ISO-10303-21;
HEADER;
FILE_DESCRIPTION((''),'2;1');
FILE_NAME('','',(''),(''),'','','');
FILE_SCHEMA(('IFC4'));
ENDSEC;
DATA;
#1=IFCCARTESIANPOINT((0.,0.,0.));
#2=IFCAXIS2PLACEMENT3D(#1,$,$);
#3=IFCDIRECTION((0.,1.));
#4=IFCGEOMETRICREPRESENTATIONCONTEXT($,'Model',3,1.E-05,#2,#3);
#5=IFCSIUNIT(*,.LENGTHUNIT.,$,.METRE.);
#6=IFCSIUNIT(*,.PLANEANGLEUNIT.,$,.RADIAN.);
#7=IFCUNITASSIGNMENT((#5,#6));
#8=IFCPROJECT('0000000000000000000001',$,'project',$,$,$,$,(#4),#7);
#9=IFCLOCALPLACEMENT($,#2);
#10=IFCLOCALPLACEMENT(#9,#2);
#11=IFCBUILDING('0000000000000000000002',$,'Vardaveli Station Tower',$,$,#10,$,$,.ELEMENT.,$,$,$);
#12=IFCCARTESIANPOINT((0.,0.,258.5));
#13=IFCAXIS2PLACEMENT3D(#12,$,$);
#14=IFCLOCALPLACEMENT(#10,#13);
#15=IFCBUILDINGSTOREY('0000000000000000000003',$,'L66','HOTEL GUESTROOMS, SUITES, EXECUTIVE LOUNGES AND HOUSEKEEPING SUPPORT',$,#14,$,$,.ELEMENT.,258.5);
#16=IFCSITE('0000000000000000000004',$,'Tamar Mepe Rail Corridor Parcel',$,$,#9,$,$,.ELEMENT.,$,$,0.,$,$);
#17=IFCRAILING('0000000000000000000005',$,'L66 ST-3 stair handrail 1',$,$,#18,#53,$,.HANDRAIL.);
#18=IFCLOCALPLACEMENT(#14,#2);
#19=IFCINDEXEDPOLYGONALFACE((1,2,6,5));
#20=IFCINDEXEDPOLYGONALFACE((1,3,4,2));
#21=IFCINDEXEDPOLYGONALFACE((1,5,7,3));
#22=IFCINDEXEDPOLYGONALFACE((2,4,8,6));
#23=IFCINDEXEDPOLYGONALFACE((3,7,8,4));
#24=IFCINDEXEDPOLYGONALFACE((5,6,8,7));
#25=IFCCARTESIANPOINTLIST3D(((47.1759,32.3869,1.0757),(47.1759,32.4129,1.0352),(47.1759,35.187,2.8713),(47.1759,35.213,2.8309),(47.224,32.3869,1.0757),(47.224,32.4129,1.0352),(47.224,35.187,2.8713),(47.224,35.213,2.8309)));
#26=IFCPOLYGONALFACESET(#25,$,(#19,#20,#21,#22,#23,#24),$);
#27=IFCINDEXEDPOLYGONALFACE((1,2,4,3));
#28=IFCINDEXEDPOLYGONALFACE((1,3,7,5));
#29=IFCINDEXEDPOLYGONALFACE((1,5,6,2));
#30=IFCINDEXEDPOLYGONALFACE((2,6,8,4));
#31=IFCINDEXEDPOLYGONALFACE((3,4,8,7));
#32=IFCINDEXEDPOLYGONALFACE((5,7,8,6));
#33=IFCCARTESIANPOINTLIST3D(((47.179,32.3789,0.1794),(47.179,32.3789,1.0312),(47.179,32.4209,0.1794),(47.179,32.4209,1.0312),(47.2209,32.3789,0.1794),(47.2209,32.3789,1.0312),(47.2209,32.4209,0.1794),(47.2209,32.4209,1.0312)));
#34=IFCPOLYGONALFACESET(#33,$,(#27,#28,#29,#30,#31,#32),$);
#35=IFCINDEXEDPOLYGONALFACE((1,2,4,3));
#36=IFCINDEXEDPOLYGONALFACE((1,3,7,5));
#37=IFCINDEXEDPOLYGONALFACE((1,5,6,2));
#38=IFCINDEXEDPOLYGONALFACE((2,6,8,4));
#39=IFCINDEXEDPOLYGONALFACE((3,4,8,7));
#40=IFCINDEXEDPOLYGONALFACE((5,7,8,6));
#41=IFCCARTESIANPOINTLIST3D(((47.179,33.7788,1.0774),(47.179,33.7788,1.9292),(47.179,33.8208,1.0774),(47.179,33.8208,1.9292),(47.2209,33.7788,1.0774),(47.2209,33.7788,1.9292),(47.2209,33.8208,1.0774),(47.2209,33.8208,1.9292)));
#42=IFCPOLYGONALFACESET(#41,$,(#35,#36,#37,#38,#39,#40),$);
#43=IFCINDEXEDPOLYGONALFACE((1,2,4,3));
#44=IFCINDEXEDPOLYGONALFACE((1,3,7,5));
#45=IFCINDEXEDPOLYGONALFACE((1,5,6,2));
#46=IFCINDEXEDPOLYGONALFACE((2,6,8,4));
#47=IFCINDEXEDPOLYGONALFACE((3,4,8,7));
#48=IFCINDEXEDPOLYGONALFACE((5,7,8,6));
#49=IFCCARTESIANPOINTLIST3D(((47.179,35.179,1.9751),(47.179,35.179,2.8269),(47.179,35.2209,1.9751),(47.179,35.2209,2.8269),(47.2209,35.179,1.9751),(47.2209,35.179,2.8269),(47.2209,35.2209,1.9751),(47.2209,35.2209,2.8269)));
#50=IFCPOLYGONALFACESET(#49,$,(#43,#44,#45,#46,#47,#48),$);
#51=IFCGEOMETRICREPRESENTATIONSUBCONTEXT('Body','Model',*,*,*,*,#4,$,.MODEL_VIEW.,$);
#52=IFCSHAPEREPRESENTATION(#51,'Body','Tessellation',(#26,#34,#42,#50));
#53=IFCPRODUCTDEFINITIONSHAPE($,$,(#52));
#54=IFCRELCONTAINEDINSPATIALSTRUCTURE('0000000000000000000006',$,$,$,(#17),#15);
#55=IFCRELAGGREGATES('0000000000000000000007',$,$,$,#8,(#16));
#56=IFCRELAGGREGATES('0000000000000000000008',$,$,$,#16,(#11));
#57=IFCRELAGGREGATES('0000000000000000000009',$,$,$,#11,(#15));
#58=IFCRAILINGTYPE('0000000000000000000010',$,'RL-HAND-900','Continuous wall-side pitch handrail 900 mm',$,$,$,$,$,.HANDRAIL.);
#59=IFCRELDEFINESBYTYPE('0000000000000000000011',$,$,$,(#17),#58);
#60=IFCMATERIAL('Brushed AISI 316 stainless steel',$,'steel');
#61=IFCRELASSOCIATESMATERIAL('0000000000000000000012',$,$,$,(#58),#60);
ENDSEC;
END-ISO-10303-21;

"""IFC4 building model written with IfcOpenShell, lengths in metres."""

from ifc_helpers import new_model, si_unit, direction, frame, origin, origin_2d, place, context, subcontext, project, spatial, rectangle, extrude, source, transform, mapped, material, type_object, element, save


model = new_model("IFC4")

# Units and contexts
model_context = context("Model", 3, precision=1e-05, world=origin(), true_north=direction((0.0, 1.0)))
body_context = subcontext(model_context, "Body", "Model", "MODEL_VIEW")
ifc_project = project(units=[si_unit("LENGTHUNIT", "METRE"), si_unit("PLANEANGLEUNIT", "RADIAN")], contexts=[model_context])

# Site, building, storey
site_placement = place(None, origin())
site = spatial("IfcSite", under=ifc_project, at=site_placement, Name="Tamar Mepe Rail Corridor Parcel", CompositionType="ELEMENT", RefElevation=0.0)
building_placement = place(site_placement, origin())
building = spatial("IfcBuilding", under=site, at=building_placement, Name="Vardaveli Station Tower", CompositionType="ELEMENT")
storey_placement = place(building_placement, frame((0.0, 0.0, 258.5)))
storey = spatial("IfcBuildingStorey", under=building, at=storey_placement, Name="L66", Description="HOTEL GUESTROOMS, SUITES, EXECUTIVE LOUNGES AND HOUSEKEEPING SUPPORT", CompositionType="ELEMENT", Elevation=258.5)

# Railing
ifc_material_1 = material(Name="Brushed AISI 316 stainless steel", Category="steel")
railing_type_1 = type_object("IfcRailingType", Name="RL-HAND-900", Description="Continuous wall-side pitch handrail 900 mm", PredefinedType="HANDRAIL", material=ifc_material_1)
shared_shape_1 = source(origin(), body_context, "Body", "SweptSolid", [
    extrude(rectangle(XDim=0.0481, YDim=0.0481, at=origin_2d()), frame((0.0, 0.0, 0.876), z_axis=(0.0, 0.841777, 0.539826), x_axis=(-1.0, 0.0, 0.0)), (0.0, 0.0, 1.0), 3.3264),
    extrude(rectangle(XDim=0.042, YDim=0.042, at=origin_2d()), origin(), (0.0, 0.0, 1.0), 0.8518),
    extrude(rectangle(XDim=0.042, YDim=0.042, at=origin_2d()), frame((0.0, 1.3999, 0.8979)), (0.0, 0.0, 1.0), 0.8518),
    extrude(rectangle(XDim=0.042, YDim=0.042, at=origin_2d()), frame((0.0, 2.8, 1.7957)), (0.0, 0.0, 1.0), 0.8518),
])
railing_1_placement = place(storey_placement, frame((47.2, 32.3999, 0.1794)))
element("IfcRailing", 1, at=railing_1_placement, inside=storey, type_object=railing_type_1, Name="L66 ST-3 stair handrail 1", PredefinedType="HANDRAIL", context=body_context, shape_type="MappedRepresentation", body=[
    mapped(shared_shape_1, transform((0.0, 0.0, 0.0), scale=1.0)),
])

save(model, "model.ifc")
